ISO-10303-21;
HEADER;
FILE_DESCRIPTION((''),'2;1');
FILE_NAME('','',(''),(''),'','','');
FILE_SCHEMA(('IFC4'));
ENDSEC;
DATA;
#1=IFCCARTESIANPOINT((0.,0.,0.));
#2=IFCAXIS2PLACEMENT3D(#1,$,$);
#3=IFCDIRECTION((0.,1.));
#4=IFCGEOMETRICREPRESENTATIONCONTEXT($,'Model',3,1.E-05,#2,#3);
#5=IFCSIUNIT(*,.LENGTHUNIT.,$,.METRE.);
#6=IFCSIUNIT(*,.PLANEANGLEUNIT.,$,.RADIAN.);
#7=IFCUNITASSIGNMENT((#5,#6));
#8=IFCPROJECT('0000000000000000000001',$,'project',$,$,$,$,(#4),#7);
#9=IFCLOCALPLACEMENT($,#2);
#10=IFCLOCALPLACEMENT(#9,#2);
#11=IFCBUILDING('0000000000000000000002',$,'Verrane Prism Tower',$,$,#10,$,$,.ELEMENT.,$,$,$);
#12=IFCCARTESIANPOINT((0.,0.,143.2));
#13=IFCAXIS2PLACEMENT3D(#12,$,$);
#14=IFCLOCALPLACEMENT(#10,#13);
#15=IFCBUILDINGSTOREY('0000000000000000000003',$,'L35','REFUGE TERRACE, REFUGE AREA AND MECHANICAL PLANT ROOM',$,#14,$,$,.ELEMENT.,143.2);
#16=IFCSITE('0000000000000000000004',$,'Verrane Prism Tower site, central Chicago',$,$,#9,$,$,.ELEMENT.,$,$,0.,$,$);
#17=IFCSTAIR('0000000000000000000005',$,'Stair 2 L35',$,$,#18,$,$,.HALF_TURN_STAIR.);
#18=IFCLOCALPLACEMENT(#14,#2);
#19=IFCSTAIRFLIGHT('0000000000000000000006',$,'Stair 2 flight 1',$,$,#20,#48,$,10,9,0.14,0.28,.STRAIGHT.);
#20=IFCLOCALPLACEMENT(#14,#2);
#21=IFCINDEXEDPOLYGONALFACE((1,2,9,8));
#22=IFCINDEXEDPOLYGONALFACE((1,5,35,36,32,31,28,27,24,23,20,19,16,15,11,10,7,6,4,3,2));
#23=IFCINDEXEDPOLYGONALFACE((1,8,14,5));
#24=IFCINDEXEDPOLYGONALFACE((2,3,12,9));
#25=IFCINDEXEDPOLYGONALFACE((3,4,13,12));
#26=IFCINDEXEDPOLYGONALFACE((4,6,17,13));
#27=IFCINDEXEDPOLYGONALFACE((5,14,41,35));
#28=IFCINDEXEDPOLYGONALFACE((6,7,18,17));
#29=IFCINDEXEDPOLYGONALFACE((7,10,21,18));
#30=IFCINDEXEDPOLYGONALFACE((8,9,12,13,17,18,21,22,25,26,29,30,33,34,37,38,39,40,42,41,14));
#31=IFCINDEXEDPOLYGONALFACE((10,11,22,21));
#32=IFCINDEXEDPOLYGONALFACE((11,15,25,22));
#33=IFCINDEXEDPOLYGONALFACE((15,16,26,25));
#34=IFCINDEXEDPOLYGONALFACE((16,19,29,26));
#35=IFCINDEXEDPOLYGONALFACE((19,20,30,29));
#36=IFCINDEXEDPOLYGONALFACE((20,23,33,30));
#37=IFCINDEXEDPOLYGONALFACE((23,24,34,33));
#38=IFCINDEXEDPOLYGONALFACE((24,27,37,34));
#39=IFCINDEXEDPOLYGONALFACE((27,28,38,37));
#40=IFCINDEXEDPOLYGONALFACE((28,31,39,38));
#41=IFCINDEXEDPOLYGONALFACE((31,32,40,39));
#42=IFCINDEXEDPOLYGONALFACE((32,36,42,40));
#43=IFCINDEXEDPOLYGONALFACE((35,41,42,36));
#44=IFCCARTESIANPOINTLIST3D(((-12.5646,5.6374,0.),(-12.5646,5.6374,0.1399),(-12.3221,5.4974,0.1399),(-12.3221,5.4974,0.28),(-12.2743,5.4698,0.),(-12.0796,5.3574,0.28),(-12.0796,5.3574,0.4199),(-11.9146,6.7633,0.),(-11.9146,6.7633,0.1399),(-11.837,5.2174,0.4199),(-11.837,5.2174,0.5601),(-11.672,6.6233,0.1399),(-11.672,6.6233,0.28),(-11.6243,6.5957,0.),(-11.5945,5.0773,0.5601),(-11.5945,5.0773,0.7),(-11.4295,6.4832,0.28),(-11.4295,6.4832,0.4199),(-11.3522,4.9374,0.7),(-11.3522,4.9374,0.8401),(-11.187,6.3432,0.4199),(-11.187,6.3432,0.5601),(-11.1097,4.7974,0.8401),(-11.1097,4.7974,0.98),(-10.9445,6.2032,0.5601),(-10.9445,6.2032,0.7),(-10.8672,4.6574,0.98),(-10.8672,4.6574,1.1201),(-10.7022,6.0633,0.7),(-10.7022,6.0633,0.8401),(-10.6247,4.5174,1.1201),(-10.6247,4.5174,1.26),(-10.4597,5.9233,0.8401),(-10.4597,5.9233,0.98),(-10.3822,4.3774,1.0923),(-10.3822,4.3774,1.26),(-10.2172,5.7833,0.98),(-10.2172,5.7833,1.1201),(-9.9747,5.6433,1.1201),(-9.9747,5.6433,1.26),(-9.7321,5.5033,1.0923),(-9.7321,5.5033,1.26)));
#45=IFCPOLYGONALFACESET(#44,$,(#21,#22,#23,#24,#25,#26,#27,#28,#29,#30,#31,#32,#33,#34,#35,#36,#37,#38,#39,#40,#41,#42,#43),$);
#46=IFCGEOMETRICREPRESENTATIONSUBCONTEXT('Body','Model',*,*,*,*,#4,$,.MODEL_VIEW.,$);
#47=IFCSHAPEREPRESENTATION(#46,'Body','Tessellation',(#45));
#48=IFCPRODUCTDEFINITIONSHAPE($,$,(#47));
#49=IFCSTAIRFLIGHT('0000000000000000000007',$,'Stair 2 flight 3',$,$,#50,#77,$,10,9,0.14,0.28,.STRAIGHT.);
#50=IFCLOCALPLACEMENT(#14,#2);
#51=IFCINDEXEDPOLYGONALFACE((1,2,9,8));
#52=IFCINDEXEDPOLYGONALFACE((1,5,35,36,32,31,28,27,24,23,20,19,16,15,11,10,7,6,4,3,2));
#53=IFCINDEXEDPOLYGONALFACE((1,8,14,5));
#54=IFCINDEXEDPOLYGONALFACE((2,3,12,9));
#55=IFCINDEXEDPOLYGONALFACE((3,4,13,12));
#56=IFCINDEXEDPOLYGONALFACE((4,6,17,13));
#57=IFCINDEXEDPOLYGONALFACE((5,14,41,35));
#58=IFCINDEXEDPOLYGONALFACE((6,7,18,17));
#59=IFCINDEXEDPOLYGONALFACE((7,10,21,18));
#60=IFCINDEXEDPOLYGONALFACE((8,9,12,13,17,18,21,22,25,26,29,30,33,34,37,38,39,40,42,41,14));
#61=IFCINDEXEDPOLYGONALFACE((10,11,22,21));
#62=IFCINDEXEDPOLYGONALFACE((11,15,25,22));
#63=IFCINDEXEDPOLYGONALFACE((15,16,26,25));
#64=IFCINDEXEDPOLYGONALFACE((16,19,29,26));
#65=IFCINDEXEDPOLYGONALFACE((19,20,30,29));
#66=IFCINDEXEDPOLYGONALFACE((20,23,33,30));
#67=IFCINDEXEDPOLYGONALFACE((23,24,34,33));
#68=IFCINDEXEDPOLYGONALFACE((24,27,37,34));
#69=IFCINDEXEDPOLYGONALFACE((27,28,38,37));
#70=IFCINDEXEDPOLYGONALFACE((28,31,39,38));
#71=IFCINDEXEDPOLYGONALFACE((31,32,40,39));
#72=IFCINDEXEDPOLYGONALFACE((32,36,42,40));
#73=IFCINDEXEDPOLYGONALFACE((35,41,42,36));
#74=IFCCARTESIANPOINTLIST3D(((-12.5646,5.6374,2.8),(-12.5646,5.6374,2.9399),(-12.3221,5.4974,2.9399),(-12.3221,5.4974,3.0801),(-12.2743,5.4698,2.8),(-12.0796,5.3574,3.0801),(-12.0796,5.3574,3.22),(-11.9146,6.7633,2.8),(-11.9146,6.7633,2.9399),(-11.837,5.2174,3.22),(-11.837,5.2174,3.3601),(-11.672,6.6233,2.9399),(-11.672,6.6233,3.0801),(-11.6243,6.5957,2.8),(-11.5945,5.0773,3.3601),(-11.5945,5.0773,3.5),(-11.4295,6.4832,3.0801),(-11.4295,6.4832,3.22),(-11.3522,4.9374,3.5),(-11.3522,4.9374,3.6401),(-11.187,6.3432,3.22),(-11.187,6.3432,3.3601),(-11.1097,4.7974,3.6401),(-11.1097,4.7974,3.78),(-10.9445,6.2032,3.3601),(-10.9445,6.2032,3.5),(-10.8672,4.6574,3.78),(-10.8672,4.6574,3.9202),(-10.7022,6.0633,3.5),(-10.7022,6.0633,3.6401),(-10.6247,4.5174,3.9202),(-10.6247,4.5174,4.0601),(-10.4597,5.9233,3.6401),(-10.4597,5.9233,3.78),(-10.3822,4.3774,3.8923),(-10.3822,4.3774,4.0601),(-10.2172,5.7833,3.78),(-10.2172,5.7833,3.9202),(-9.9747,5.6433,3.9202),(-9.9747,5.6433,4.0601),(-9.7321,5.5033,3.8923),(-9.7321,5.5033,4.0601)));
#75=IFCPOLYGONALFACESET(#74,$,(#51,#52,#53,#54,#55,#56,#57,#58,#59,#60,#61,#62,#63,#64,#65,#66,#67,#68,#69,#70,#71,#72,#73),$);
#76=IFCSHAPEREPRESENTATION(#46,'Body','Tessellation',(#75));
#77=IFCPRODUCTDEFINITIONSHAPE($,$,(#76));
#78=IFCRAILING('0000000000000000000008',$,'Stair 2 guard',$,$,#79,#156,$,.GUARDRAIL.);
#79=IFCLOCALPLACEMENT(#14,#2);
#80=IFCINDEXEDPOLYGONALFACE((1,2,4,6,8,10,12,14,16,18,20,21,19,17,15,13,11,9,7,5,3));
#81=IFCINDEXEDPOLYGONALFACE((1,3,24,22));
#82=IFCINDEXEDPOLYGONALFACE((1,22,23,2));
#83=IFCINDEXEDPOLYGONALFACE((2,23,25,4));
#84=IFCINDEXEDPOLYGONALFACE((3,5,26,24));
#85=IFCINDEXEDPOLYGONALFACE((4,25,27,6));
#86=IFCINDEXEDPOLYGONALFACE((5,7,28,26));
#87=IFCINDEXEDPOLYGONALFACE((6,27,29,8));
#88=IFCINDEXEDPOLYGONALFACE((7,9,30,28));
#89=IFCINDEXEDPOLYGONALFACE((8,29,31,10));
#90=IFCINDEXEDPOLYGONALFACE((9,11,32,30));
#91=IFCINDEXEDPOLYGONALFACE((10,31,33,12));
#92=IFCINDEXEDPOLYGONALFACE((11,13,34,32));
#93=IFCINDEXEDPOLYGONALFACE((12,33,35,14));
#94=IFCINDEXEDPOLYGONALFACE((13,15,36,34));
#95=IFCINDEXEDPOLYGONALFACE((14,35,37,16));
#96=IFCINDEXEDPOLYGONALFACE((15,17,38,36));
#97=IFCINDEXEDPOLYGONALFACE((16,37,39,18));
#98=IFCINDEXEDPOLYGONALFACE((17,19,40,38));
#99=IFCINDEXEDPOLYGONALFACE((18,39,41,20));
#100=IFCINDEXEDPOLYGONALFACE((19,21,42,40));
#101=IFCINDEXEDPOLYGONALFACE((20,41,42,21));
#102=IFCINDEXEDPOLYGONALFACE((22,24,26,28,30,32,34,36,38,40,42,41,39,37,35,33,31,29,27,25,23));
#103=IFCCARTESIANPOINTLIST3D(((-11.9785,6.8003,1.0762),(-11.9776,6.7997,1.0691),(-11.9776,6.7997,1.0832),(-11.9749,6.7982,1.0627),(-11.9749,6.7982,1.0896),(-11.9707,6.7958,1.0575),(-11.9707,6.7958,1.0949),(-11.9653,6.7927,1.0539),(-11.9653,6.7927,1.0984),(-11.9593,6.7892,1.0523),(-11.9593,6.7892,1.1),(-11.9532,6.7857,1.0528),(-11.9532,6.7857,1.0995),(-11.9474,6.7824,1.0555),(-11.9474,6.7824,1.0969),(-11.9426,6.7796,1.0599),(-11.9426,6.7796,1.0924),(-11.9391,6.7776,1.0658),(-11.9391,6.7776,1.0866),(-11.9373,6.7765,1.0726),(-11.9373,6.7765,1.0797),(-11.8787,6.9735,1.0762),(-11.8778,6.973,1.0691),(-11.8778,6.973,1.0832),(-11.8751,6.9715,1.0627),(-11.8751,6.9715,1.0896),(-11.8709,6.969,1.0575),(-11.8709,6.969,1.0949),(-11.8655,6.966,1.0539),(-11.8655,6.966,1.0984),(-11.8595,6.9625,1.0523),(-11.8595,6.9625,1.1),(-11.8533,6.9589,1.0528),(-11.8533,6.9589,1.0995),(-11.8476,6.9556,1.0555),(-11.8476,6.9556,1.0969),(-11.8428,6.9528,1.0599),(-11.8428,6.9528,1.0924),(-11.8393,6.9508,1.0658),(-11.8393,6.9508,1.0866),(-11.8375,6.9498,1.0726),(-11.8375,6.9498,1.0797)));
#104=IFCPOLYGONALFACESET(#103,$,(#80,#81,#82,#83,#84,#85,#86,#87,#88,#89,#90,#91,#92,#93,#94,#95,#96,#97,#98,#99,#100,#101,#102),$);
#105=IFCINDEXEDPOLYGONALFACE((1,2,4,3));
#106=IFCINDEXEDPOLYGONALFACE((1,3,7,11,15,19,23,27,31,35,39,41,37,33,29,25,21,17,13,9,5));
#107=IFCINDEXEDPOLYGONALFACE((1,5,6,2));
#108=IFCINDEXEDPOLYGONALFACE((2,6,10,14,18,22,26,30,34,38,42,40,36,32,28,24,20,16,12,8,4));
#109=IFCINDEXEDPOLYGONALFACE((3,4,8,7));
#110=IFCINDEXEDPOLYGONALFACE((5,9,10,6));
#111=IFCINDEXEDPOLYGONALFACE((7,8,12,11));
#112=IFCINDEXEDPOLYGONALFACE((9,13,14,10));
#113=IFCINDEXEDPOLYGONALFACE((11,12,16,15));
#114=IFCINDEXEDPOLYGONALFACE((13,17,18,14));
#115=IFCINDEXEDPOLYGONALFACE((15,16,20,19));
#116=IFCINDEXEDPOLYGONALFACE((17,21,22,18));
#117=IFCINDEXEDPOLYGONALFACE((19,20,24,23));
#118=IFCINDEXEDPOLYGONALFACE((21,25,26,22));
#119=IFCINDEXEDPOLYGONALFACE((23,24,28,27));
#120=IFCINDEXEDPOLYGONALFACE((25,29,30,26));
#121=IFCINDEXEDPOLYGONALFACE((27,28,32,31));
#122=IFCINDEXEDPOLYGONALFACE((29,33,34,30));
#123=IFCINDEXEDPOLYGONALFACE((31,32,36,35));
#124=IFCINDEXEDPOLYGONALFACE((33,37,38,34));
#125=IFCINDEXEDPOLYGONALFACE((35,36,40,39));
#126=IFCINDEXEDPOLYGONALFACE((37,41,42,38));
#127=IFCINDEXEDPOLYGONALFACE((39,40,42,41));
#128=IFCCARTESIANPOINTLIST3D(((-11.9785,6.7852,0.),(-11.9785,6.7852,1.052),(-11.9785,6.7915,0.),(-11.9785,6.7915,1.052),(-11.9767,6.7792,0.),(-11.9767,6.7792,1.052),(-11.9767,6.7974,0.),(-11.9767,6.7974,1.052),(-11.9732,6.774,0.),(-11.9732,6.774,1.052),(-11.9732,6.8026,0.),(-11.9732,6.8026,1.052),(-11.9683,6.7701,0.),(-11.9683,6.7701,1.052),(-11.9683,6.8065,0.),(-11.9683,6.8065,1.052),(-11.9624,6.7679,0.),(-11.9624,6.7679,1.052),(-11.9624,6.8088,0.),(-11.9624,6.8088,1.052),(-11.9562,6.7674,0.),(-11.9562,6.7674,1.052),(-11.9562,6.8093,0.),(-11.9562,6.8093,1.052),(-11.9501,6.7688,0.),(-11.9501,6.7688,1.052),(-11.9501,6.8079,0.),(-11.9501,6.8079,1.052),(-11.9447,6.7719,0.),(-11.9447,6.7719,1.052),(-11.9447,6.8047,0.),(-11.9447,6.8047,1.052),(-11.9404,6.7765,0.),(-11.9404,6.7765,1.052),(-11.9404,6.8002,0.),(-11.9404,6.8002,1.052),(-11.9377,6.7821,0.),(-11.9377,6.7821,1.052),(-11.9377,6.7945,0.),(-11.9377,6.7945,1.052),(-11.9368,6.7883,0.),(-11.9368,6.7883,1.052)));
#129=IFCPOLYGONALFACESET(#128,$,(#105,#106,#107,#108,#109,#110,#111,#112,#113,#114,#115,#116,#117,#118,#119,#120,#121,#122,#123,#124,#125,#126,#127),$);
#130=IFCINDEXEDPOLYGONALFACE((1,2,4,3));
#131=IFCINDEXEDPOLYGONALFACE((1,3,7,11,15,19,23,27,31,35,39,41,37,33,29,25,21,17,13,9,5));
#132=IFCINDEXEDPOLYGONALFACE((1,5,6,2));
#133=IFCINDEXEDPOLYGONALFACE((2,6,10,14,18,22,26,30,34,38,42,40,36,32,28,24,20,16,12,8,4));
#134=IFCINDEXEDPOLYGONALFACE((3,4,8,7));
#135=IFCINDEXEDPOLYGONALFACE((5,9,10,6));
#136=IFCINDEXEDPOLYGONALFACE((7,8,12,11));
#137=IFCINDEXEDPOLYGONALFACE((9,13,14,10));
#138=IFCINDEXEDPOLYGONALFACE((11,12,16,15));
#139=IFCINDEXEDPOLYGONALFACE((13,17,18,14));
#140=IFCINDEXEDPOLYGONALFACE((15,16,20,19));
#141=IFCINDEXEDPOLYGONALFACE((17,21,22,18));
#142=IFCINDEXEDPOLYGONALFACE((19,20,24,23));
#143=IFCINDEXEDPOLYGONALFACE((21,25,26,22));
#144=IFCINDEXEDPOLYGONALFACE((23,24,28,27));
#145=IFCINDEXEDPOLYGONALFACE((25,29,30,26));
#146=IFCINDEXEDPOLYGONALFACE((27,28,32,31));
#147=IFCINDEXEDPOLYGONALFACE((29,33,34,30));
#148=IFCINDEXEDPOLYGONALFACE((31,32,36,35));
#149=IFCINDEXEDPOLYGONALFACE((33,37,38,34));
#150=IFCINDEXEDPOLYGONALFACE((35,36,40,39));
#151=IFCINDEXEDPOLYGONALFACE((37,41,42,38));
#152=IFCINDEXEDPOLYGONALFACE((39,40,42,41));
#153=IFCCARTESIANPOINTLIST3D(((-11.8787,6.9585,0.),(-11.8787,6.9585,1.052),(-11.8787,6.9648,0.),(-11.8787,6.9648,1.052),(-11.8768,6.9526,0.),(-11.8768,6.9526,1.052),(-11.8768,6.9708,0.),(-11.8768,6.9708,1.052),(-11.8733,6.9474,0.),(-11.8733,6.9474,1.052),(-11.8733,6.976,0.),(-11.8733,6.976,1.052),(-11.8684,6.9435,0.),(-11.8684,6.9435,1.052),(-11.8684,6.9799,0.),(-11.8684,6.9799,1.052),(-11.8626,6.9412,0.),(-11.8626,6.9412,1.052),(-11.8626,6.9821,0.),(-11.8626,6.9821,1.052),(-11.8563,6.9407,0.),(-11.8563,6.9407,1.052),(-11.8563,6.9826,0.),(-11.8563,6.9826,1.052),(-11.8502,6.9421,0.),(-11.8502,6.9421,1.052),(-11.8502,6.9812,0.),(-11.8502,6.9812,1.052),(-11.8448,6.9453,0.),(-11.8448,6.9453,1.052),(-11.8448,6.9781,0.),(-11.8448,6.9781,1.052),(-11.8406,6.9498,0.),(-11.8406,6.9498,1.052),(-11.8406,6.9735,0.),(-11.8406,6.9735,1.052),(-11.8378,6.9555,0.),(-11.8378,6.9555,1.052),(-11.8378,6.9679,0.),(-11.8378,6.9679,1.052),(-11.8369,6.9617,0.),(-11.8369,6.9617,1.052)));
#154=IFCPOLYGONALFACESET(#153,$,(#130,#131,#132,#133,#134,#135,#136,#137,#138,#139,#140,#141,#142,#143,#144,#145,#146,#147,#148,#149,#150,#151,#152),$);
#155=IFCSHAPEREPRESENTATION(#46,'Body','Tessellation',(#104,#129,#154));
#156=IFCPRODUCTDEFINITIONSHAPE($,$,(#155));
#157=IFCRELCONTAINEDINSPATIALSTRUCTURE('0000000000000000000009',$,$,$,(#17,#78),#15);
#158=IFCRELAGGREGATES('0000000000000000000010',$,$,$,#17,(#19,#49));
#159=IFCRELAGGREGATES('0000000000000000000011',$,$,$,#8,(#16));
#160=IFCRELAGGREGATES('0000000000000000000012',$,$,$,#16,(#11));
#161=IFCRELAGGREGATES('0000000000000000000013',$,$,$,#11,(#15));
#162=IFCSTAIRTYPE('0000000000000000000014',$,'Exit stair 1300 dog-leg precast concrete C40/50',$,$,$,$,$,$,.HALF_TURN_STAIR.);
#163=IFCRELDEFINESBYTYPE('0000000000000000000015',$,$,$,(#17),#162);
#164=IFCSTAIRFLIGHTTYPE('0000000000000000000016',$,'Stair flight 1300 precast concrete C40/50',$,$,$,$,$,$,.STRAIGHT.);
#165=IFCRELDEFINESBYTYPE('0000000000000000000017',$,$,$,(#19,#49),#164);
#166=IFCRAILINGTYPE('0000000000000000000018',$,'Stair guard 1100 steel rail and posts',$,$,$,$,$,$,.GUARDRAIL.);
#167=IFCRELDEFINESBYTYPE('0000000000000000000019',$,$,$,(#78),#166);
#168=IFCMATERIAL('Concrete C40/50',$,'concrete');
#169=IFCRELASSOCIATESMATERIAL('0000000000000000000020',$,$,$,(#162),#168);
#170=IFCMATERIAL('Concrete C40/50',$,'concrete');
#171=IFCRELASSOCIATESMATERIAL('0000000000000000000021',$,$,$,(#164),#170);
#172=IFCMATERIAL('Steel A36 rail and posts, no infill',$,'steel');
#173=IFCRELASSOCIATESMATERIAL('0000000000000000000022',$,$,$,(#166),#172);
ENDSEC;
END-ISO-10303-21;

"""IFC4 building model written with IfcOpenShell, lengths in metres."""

from ifc_helpers import new_model, si_unit, direction, frame, origin, origin_2d, place, context, subcontext, project, spatial, polyline, circle, outline, extrude, material, type_object, element, aggregate, save


model = new_model("IFC4")

# Units and contexts
model_context = context("Model", 3, precision=1e-05, world=origin(), true_north=direction((0.0, 1.0)))
body_context = subcontext(model_context, "Body", "Model", "MODEL_VIEW")
ifc_project = project(units=[si_unit("LENGTHUNIT", "METRE"), si_unit("PLANEANGLEUNIT", "RADIAN")], contexts=[model_context])

# Site, building, storey
site_placement = place(None, origin())
site = spatial("IfcSite", under=ifc_project, at=site_placement, Name="Verrane Prism Tower site, central Chicago", CompositionType="ELEMENT", RefElevation=0.0)
building_placement = place(site_placement, origin())
building = spatial("IfcBuilding", under=site, at=building_placement, Name="Verrane Prism Tower", CompositionType="ELEMENT")
storey_placement = place(building_placement, frame((0.0, 0.0, 143.2)))
storey = spatial("IfcBuildingStorey", under=building, at=storey_placement, Name="L35", Description="REFUGE TERRACE, REFUGE AREA AND MECHANICAL PLANT ROOM", CompositionType="ELEMENT", Elevation=143.2)

# Stair, stair flights
ifc_material_1 = material(Name="Concrete C40/50", Category="concrete")
stair_type = type_object("IfcStairType", Name="Exit stair 1300 dog-leg precast concrete C40/50", PredefinedType="HALF_TURN_STAIR", material=ifc_material_1)
stair_placement = place(storey_placement, origin())
stair = element("IfcStair", 1, at=stair_placement, inside=storey, type_object=stair_type, Name="Stair 2 L35", PredefinedType="HALF_TURN_STAIR")
ifc_material_2 = material(Name="Concrete C40/50", Category="concrete")
stair_flight_type = type_object("IfcStairFlightType", Name="Stair flight 1300 precast concrete C40/50", PredefinedType="STRAIGHT", material=ifc_material_2)
stair_flight_1_placement = place(storey_placement, frame((-12.2395, 6.2004, 0.0), z_axis=(0.0, 0.0, 1.0), x_axis=(0.866025, -0.5, 0.0)))
stair_flight_1 = element("IfcStairFlight", 2, at=stair_flight_1_placement, type_object=stair_flight_type, Name="Stair 2 flight 1", NumberOfRisers=10, NumberOfTreads=9, PredefinedType="STRAIGHT", RiserHeight=0.14, TreadLength=0.28, context=body_context, shape_type="SweptSolid", body=[
    extrude(outline(polyline([(0.0, 0.0), (0.0, 0.1399), (0.28, 0.1399), (0.28, 0.28), (0.5601, 0.28), (0.5601, 0.4199), (0.8401, 0.4199), (0.8401, 0.5601), (1.1201, 0.5601), (1.1201, 0.7), (1.3999, 0.7), (1.3999, 0.8401), (1.6799, 0.8401), (1.6799, 0.98), (1.96, 0.98), (1.96, 1.1201), (2.24, 1.1201), (2.24, 1.26), (2.52, 1.26), (2.52, 1.3999), (2.52, 1.0923), (0.3352, 0.0), (0.0, 0.0)])), frame((0.0, 0.6499, 0.0), z_axis=(0.0, -1.0, 0.0), x_axis=(1.0, 0.0, 0.0)), (0.0, 0.0, 1.0), 1.3),
])
stair_flight_2_placement = place(storey_placement, frame((-12.2395, 6.2004, 2.8), z_axis=(0.0, 0.0, 1.0), x_axis=(0.866025, -0.5, 0.0)))
stair_flight_2 = element("IfcStairFlight", 3, at=stair_flight_2_placement, type_object=stair_flight_type, Name="Stair 2 flight 3", NumberOfRisers=10, NumberOfTreads=9, PredefinedType="STRAIGHT", RiserHeight=0.14, TreadLength=0.28, context=body_context, shape_type="SweptSolid", body=[
    extrude(outline(polyline([(0.0, 0.0), (0.0, 0.1399), (0.28, 0.1399), (0.28, 0.28), (0.5601, 0.28), (0.5601, 0.4199), (0.8401, 0.4199), (0.8401, 0.5601), (1.1201, 0.5601), (1.1201, 0.7), (1.3999, 0.7), (1.3999, 0.8401), (1.6799, 0.8401), (1.6799, 0.98), (1.96, 0.98), (1.96, 1.1201), (2.24, 1.1201), (2.24, 1.26), (2.52, 1.26), (2.52, 1.3999), (2.52, 1.0923), (0.3352, 0.0), (0.0, 0.0)])), frame((0.0, 0.6499, 0.0), z_axis=(0.0, -1.0, 0.0), x_axis=(1.0, 0.0, 0.0)), (0.0, 0.0, 1.0), 1.3),
])
aggregate(stair, [stair_flight_1, stair_flight_2])

# Railing
ifc_material_3 = material(Name="Steel A36 rail and posts, no infill", Category="steel")
railing_type_1 = type_object("IfcRailingType", Name="Stair guard 1100 steel rail and posts", PredefinedType="GUARDRAIL", material=ifc_material_3)
railing_1_placement = place(storey_placement, frame((-11.9578, 6.7883, 0.0)))
element("IfcRailing", 4, at=railing_1_placement, inside=storey, type_object=railing_type_1, Name="Stair 2 guard", PredefinedType="GUARDRAIL", context=body_context, shape_type="SweptSolid", body=[
    extrude(circle(Radius=0.0239, at=origin_2d()), frame((0.0, 0.0, 1.0762), z_axis=(0.499159, 0.86651, 0.0), x_axis=(-0.86651, 0.499159, 0.0)), (0.0, 0.0, 1.0), 0.2),
    extrude(circle(Radius=0.021, at=origin_2d()), origin(), (0.0, 0.0, 1.0), 1.052),
    extrude(circle(Radius=0.021, at=origin_2d()), frame((0.0999, 0.1733, 0.0)), (0.0, 0.0, 1.0), 1.052),
])

save(model, "model.ifc")
